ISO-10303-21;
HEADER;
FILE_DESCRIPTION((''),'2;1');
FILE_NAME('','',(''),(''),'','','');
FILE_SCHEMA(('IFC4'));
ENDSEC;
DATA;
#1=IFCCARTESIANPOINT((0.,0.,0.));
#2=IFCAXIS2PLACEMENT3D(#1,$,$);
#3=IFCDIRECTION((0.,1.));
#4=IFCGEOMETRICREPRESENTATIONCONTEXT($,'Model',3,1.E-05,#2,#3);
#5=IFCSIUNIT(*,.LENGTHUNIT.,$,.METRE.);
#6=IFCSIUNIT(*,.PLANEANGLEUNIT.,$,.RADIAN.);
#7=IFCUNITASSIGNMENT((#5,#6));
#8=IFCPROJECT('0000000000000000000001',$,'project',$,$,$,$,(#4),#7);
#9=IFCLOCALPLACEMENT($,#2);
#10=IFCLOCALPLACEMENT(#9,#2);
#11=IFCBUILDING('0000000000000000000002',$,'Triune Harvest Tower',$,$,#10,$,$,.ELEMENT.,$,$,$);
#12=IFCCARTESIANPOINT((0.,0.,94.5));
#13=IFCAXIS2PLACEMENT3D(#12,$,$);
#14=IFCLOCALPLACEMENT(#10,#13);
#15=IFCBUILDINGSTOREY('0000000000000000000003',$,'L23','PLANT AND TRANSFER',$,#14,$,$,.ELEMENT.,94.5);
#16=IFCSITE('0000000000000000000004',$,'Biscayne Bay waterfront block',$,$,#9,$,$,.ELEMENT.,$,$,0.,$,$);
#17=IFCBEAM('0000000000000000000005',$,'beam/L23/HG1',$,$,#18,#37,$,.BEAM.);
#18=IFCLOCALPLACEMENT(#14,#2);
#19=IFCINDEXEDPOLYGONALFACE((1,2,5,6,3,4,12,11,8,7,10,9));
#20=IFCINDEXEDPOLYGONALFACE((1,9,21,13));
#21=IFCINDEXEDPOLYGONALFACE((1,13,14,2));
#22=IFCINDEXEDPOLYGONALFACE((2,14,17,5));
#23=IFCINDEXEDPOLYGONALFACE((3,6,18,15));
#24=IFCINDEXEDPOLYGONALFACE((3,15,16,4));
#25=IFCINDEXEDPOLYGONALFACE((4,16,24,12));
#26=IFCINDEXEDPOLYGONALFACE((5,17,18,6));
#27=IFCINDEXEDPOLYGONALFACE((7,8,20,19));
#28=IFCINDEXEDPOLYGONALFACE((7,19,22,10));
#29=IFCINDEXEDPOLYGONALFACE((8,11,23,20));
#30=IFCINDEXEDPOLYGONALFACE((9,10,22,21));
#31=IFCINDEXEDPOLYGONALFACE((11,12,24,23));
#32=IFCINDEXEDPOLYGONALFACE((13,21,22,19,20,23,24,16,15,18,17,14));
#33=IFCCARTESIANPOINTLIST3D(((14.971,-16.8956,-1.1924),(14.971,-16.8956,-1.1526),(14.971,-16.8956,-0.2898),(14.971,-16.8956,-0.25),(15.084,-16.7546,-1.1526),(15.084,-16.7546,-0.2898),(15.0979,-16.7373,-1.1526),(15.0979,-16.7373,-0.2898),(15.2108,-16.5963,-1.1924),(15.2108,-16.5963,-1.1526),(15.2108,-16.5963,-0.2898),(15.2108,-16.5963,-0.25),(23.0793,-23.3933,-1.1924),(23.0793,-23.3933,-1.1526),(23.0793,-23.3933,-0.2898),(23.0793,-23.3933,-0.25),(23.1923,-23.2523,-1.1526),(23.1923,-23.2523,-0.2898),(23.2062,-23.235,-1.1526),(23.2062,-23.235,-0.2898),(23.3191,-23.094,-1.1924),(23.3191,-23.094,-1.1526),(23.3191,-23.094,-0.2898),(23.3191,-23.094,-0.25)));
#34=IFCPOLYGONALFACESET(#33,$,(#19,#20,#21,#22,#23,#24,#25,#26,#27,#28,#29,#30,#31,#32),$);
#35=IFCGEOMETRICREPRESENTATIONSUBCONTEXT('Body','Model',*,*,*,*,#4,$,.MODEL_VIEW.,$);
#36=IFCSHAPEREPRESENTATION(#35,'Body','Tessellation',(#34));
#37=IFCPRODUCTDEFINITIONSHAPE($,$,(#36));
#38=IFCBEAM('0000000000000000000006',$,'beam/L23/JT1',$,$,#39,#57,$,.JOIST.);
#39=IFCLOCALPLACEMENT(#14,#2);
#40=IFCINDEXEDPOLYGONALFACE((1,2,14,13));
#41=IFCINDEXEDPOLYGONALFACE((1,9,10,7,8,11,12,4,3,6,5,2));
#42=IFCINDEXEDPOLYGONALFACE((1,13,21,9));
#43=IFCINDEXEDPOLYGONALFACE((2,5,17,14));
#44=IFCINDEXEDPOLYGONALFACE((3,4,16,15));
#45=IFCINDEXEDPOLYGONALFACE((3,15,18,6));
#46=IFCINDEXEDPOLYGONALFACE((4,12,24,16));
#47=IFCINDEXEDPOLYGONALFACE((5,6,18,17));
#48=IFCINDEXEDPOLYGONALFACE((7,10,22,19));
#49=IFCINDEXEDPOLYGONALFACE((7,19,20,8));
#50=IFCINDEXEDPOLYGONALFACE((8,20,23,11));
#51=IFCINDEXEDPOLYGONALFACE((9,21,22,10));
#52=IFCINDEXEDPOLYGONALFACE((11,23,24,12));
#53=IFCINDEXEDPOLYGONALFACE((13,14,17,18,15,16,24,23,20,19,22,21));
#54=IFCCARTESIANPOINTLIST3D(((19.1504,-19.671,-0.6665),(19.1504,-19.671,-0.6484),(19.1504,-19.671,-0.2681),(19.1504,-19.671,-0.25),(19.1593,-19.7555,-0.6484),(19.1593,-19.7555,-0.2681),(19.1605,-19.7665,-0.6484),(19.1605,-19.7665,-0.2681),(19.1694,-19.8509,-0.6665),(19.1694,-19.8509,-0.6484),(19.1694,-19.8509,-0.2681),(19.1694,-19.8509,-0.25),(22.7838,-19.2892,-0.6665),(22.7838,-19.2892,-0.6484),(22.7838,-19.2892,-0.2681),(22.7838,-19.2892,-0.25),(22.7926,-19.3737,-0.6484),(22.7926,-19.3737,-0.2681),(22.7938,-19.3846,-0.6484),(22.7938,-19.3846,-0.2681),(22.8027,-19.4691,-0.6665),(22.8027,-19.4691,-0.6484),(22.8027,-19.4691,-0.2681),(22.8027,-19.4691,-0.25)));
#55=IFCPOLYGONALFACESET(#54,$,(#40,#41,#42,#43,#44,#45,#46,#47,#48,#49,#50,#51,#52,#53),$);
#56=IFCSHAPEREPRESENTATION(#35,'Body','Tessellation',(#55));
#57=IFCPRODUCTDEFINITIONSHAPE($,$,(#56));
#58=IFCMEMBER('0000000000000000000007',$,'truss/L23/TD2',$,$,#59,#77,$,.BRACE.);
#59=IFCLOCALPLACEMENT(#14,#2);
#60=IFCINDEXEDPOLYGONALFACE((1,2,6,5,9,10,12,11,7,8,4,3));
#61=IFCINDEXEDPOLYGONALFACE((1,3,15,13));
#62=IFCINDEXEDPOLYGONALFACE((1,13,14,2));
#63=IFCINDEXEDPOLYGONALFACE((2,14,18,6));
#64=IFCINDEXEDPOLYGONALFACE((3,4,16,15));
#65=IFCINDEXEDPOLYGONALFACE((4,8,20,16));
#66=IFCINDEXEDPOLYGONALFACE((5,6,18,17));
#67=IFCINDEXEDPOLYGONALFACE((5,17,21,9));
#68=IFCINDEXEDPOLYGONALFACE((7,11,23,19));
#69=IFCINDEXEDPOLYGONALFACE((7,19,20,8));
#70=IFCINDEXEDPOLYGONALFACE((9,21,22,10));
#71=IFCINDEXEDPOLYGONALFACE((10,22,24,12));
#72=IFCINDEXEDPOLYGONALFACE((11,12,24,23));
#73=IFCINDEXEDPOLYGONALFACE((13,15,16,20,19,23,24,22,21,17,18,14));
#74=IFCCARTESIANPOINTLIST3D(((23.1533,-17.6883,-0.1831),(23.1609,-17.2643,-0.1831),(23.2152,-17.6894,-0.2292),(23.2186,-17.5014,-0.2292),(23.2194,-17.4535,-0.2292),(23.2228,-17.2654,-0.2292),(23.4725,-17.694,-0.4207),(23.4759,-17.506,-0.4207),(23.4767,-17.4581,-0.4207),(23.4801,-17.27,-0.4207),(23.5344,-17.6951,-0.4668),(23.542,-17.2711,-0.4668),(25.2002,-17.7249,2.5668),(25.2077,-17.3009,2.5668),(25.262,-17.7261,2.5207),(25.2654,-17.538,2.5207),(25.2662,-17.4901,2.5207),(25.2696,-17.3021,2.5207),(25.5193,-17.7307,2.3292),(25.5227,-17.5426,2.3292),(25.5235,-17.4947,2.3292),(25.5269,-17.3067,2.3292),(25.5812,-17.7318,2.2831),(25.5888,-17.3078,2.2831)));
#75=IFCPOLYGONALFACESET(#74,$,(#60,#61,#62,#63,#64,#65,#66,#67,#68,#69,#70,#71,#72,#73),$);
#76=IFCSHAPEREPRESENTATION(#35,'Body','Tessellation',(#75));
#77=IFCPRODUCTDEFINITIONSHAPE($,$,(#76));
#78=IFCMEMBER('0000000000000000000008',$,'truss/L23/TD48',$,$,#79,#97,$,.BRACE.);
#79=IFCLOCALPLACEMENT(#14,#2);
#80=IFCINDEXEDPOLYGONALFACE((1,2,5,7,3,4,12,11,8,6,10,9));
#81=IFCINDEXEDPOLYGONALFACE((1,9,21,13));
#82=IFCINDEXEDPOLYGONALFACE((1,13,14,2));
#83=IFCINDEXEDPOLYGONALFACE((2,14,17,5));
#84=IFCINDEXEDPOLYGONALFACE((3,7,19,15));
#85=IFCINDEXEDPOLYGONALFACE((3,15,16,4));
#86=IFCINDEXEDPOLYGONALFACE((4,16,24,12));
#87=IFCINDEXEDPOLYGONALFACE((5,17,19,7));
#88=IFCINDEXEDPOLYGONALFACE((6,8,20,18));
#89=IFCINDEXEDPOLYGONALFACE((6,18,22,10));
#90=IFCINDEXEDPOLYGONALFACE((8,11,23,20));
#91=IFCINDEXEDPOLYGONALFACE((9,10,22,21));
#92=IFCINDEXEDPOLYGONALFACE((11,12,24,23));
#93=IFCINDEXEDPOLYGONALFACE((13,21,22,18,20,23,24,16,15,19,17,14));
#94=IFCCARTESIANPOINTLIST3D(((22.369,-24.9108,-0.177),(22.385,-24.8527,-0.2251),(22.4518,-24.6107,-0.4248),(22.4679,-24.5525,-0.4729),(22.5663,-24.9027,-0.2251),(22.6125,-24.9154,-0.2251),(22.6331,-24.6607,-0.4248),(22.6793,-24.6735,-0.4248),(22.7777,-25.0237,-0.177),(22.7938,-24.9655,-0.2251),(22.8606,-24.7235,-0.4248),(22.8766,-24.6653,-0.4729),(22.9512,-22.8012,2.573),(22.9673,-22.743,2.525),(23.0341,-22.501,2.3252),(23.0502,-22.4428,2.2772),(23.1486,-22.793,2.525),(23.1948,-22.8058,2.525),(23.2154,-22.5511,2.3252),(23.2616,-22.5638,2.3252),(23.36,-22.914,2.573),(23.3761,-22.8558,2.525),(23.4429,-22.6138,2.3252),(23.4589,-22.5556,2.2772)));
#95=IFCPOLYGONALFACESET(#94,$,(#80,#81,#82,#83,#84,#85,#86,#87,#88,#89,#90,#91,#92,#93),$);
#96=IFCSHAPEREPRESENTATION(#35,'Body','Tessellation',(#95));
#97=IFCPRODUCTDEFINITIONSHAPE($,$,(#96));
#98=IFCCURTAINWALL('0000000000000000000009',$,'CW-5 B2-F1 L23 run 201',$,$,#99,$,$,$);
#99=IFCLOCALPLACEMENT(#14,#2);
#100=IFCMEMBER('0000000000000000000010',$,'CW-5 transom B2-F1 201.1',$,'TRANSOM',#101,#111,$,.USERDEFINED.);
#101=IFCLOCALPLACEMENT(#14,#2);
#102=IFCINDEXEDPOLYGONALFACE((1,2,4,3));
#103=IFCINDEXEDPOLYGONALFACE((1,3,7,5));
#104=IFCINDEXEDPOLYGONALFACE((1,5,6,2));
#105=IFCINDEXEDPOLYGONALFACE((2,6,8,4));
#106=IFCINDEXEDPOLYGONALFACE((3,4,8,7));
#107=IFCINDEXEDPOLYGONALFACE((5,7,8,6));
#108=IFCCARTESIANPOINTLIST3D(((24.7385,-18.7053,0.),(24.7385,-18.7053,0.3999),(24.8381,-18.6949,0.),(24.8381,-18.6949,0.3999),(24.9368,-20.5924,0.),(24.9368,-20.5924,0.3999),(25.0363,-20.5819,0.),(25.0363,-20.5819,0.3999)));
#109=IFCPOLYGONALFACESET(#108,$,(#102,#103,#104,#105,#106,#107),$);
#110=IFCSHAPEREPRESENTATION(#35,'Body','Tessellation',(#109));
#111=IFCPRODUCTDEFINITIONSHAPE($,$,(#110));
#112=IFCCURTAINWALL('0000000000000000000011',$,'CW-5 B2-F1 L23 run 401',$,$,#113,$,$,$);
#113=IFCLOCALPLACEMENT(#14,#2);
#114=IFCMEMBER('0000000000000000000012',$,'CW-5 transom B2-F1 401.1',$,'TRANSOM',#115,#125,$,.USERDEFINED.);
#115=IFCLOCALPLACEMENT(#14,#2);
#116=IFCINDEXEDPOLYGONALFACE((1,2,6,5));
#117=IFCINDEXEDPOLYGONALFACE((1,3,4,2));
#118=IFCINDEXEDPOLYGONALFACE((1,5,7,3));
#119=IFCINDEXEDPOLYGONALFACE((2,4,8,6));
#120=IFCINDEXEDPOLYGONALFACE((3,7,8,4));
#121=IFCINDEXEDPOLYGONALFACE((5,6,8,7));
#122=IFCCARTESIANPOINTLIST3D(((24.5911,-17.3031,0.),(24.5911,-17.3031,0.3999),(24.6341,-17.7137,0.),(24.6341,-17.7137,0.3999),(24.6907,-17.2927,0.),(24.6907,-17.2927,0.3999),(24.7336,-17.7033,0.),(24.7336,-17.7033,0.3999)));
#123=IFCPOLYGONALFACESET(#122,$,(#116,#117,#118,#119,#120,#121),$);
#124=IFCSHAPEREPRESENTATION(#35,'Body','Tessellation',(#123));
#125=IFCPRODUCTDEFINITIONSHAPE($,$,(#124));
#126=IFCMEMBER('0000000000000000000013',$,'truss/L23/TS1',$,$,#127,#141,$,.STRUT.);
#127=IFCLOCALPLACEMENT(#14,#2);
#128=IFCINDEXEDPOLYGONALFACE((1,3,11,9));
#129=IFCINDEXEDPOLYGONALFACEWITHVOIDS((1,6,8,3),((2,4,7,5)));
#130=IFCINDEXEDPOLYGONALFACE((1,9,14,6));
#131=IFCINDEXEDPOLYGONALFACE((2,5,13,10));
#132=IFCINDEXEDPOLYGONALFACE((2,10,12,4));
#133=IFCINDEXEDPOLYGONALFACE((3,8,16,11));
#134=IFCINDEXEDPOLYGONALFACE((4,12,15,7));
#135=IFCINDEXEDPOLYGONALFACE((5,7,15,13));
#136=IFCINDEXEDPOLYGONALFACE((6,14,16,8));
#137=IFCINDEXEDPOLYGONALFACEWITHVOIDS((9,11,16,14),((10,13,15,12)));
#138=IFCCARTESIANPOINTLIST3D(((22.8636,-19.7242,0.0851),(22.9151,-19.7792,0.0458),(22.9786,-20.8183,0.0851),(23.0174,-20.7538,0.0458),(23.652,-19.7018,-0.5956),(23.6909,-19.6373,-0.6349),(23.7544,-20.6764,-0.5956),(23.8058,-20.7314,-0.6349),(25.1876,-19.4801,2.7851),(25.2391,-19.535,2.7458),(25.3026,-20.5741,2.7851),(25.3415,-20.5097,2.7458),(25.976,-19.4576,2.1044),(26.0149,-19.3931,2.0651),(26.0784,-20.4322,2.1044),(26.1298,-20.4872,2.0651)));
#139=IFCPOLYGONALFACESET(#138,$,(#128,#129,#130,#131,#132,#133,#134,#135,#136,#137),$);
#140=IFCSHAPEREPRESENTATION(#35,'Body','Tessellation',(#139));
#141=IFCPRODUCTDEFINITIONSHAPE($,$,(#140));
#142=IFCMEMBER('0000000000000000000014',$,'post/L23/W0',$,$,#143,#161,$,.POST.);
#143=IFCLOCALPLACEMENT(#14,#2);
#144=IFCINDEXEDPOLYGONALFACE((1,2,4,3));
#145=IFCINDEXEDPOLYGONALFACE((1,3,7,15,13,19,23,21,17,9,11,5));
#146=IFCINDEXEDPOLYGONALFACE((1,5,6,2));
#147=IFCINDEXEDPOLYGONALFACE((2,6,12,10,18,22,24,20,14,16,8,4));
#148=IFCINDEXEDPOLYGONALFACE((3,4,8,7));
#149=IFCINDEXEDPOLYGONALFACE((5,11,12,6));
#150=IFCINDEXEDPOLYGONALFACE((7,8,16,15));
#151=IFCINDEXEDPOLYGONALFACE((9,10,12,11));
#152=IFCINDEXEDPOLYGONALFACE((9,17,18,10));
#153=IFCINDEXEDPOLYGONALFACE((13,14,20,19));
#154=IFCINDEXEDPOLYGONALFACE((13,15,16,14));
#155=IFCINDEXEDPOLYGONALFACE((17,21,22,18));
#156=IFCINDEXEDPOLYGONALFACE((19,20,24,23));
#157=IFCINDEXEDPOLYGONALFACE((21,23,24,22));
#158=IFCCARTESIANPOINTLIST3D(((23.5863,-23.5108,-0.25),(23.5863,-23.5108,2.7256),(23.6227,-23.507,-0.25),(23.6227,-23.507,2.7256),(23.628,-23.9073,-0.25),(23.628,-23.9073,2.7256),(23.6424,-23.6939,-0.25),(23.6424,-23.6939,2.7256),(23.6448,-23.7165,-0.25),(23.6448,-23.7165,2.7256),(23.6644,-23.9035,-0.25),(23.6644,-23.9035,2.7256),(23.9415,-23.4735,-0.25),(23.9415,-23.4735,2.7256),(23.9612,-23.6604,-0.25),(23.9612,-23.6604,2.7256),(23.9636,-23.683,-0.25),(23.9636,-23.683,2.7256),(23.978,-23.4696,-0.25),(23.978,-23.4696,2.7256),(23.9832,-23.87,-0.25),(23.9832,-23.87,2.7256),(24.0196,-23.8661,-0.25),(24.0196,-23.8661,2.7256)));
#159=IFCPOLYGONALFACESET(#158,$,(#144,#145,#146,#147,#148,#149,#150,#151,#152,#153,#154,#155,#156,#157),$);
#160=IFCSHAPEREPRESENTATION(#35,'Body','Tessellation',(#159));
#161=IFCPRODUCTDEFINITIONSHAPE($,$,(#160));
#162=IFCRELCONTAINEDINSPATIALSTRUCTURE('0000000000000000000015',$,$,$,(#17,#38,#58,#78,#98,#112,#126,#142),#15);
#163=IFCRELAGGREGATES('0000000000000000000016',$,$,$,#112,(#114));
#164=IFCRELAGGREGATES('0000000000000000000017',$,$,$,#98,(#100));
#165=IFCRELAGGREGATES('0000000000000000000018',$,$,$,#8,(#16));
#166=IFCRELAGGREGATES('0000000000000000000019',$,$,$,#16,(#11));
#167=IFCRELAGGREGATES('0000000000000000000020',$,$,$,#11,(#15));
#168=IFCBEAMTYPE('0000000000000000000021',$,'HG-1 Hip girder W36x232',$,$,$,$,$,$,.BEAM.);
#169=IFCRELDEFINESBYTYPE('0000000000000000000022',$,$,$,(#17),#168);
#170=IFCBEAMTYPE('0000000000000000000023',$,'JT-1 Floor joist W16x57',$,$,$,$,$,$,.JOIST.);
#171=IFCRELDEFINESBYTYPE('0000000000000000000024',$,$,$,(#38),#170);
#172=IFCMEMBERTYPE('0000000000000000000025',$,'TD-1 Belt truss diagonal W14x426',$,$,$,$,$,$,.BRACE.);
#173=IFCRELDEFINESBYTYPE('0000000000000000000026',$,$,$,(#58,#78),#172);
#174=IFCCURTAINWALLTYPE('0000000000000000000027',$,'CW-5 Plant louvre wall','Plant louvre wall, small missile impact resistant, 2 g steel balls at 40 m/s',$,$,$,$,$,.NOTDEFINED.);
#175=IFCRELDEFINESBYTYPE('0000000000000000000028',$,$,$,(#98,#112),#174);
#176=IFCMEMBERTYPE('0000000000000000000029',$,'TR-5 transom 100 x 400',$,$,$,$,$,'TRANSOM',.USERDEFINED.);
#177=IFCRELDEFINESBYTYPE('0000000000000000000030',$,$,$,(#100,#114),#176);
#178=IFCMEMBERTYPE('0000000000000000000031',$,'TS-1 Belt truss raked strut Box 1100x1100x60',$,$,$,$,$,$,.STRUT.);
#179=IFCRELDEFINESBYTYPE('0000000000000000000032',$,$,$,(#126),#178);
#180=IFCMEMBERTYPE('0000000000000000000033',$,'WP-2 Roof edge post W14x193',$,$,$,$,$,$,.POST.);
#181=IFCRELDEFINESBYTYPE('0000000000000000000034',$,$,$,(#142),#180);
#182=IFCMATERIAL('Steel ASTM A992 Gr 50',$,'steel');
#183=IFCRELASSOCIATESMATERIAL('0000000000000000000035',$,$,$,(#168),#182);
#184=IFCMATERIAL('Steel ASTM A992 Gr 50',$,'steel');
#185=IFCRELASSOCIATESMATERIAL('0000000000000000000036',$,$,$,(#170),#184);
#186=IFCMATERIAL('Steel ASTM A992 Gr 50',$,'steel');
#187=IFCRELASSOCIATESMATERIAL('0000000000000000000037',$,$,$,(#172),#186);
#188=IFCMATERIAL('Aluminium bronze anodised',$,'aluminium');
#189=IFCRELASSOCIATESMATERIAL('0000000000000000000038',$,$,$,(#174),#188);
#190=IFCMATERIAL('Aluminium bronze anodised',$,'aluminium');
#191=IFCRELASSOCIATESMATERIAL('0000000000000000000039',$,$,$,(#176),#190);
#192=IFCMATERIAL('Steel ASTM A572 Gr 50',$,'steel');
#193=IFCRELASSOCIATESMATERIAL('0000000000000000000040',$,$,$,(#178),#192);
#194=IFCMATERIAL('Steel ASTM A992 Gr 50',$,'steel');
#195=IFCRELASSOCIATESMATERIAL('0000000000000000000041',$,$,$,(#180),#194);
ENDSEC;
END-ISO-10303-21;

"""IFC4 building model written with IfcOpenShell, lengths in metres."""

from ifc_helpers import new_model, si_unit, direction, frame, origin, origin_2d, place, context, subcontext, project, spatial, rectangle, hollow_rectangle, i_section, extrude, source, transform, mapped, material, material_profile, profile_set, type_object, element, aggregate, save


model = new_model("IFC4")

# Units and contexts
model_context = context("Model", 3, precision=1e-05, world=origin(), true_north=direction((0.0, 1.0)))
body_context = subcontext(model_context, "Body", "Model", "MODEL_VIEW")
ifc_project = project(units=[si_unit("LENGTHUNIT", "METRE"), si_unit("PLANEANGLEUNIT", "RADIAN")], contexts=[model_context])

# Site, building, storey
site_placement = place(None, origin())
site = spatial("IfcSite", under=ifc_project, at=site_placement, Name="Biscayne Bay waterfront block", CompositionType="ELEMENT", RefElevation=0.0)
building_placement = place(site_placement, origin())
building = spatial("IfcBuilding", under=site, at=building_placement, Name="Triune Harvest Tower", CompositionType="ELEMENT")
storey_placement = place(building_placement, frame((0.0, 0.0, 94.5)))
storey = spatial("IfcBuildingStorey", under=building, at=storey_placement, Name="L23", Description="PLANT AND TRANSFER", CompositionType="ELEMENT", Elevation=94.5)

# Beams
ifc_material_1 = material(Name="Steel ASTM A992 Gr 50", Category="steel")
ifc_material_profile_1 = material_profile(ifc_material_1, i_section(OverallWidth=0.3835, OverallDepth=0.9424, WebThickness=0.0222, FlangeThickness=0.0398, at=origin_2d()), Name="W36x232")
ifc_profile_set_1 = profile_set([ifc_material_profile_1], Name="Steel ASTM A992 Gr 50")
beam_type_1 = type_object("IfcBeamType", Name="HG-1 Hip girder W36x232", PredefinedType="BEAM", material=ifc_profile_set_1)
beam_1_placement = place(storey_placement, frame((23.1992, -23.2437, -0.7212), z_axis=(-0.780348, 0.625345, 0.0), x_axis=(-0.625345, -0.780348, 0.0)))
element("IfcBeam", 1, at=beam_1_placement, inside=storey, type_object=beam_type_1, Name="beam/L23/HG1", PredefinedType="BEAM", context=body_context, shape_type="SweptSolid", body=[
    extrude(i_section(OverallWidth=0.3835, OverallDepth=0.9424, WebThickness=0.0222, FlangeThickness=0.0398, at=origin_2d()), origin(), (0.0, 0.0, 1.0), 10.3906),
])
ifc_material_2 = material(Name="Steel ASTM A992 Gr 50", Category="steel")
ifc_material_profile_2 = material_profile(ifc_material_2, i_section(OverallWidth=0.1809, OverallDepth=0.4165, WebThickness=0.011, FlangeThickness=0.0181, at=origin_2d()), Name="W16x57")
ifc_profile_set_2 = profile_set([ifc_material_profile_2], Name="Steel ASTM A992 Gr 50")
beam_type_2 = type_object("IfcBeamType", Name="JT-1 Floor joist W16x57", PredefinedType="JOIST", material=ifc_profile_set_2)
beam_2_placement = place(storey_placement, frame((22.7932, -19.3792, -0.4583), z_axis=(-0.994523, -0.104518, 0.0), x_axis=(0.104518, -0.994523, 0.0)))
element("IfcBeam", 2, at=beam_2_placement, inside=storey, type_object=beam_type_2, Name="beam/L23/JT1", PredefinedType="JOIST", context=body_context, shape_type="SweptSolid", body=[
    extrude(i_section(OverallWidth=0.1809, OverallDepth=0.4165, WebThickness=0.011, FlangeThickness=0.0181, at=origin_2d()), origin(), (0.0, 0.0, 1.0), 3.6533),
])

# Members
ifc_material_3 = material(Name="Steel ASTM A992 Gr 50", Category="steel")
ifc_material_profile_3 = material_profile(ifc_material_3, i_section(OverallWidth=0.4241, OverallDepth=0.4751, WebThickness=0.0479, FlangeThickness=0.0771, at=origin_2d()), Name="W14x426")
ifc_profile_set_3 = profile_set([ifc_material_profile_3], Name="Steel ASTM A992 Gr 50")
member_type_1 = type_object("IfcMemberType", Name="TD-1 Belt truss diagonal W14x426", PredefinedType="BRACE", material=ifc_profile_set_3)
member_1_placement = place(storey_placement, frame((23.3477, -17.4797, -0.325), z_axis=(0.597045, -0.010682, 0.802137), x_axis=(0.017888, 0.99984, 0.0)))
element("IfcMember", 3, at=member_1_placement, inside=storey, type_object=member_type_1, Name="truss/L23/TD2", PredefinedType="BRACE", context=body_context, shape_type="SweptSolid", body=[
    extrude(i_section(OverallWidth=0.4241, OverallDepth=0.4751, WebThickness=0.0479, FlangeThickness=0.0771, at=origin_2d()), origin(), (0.0, 0.0, 1.0), 3.4282),
])
member_2_placement = place(storey_placement, frame((22.6228, -24.7881, -0.325), z_axis=(0.165676, 0.600254, 0.782462), x_axis=(-0.963956, 0.266061, 0.0)))
element("IfcMember", 4, at=member_2_placement, inside=storey, type_object=member_type_1, Name="truss/L23/TD48", PredefinedType="BRACE", context=body_context, shape_type="SweptSolid", body=[
    extrude(i_section(OverallWidth=0.4241, OverallDepth=0.4751, WebThickness=0.0479, FlangeThickness=0.0771, at=origin_2d()), origin(), (0.0, 0.0, 1.0), 3.5146),
])

# Curtain walls, members
ifc_material_4 = material(Name="Aluminium bronze anodised", Category="aluminium")
curtain_wall_type = type_object("IfcCurtainWallType", Name="CW-5 Plant louvre wall", Description="Plant louvre wall, small missile impact resistant, 2 g steel balls at 40 m/s", PredefinedType="NOTDEFINED", material=ifc_material_4)
curtain_wall_1_placement = place(storey_placement, origin())
curtain_wall_1 = element("IfcCurtainWall", 5, at=curtain_wall_1_placement, inside=storey, type_object=curtain_wall_type, Name="CW-5 B2-F1 L23 run 201")
ifc_material_5 = material(Name="Aluminium bronze anodised", Category="aluminium")
ifc_material_profile_4 = material_profile(ifc_material_5, rectangle(XDim=0.1001, YDim=0.3999, at=origin_2d()), Name="TR-5 transom 100 x 400")
ifc_profile_set_4 = profile_set([ifc_material_profile_4], Name="Aluminium bronze anodised")
member_type_2 = type_object("IfcMemberType", Name="TR-5 transom 100 x 400", ElementType="TRANSOM", PredefinedType="USERDEFINED", material=ifc_profile_set_4)
member_3_placement = place(storey_placement, frame((24.9866, -20.5872, 0.2), z_axis=(-0.104484, 0.994527, 0.0), x_axis=(-0.994527, -0.104484, 0.0)))
member_3 = element("IfcMember", 6, at=member_3_placement, type_object=member_type_2, Name="CW-5 transom B2-F1 201.1", ObjectType="TRANSOM", PredefinedType="USERDEFINED", context=body_context, shape_type="SweptSolid", body=[
    extrude(rectangle(XDim=0.1001, YDim=0.3999, at=origin_2d()), origin(), (0.0, 0.0, 1.0), 1.8975),
])
curtain_wall_2_placement = place(storey_placement, origin())
curtain_wall_2 = element("IfcCurtainWall", 7, at=curtain_wall_2_placement, inside=storey, type_object=curtain_wall_type, Name="CW-5 B2-F1 L23 run 401")
member_4_placement = place(storey_placement, frame((24.6838, -17.7085, 0.2), z_axis=(-0.104069, 0.99457, 0.0), x_axis=(-0.99457, -0.104069, 0.0)))
member_4 = element("IfcMember", 8, at=member_4_placement, type_object=member_type_2, Name="CW-5 transom B2-F1 401.1", ObjectType="TRANSOM", PredefinedType="USERDEFINED", context=body_context, shape_type="SweptSolid", body=[
    extrude(rectangle(XDim=0.1001, YDim=0.3999, at=origin_2d()), origin(), (0.0, 0.0, 1.0), 0.4128),
])

# Members
ifc_material_6 = material(Name="Steel ASTM A572 Gr 50", Category="steel")
ifc_material_profile_5 = material_profile(ifc_material_6, hollow_rectangle(XDim=1.1001, YDim=1.1001, WallThickness=0.0601, at=origin_2d()), Name="Box 1100x1100x60")
ifc_profile_set_5 = profile_set([ifc_material_profile_5], Name="Steel ASTM A572 Gr 50")
member_type_3 = type_object("IfcMemberType", Name="TS-1 Belt truss raked strut Box 1100x1100x60", PredefinedType="STRUT", material=ifc_profile_set_5)
member_5_placement = place(storey_placement, frame((23.3347, -20.2278, -0.2749), z_axis=(0.650838, 0.068373, 0.756132), x_axis=(-0.104478, 0.994527, 0.0)))
element("IfcMember", 9, at=member_5_placement, inside=storey, type_object=member_type_3, Name="truss/L23/TS1", PredefinedType="STRUT", context=body_context, shape_type="SweptSolid", body=[
    extrude(hollow_rectangle(XDim=1.1001, YDim=1.1001, WallThickness=0.0601, at=origin_2d()), origin(), (0.0, 0.0, 1.0), 3.5708),
])
ifc_material_7 = material(Name="Steel ASTM A992 Gr 50", Category="steel")
ifc_material_profile_6 = material_profile(ifc_material_7, i_section(OverallWidth=0.3987, OverallDepth=0.3938, WebThickness=0.0227, FlangeThickness=0.0366, at=origin_2d()), Name="W14x193")
ifc_profile_set_6 = profile_set([ifc_material_profile_6], Name="Steel ASTM A992 Gr 50")
member_type_4 = type_object("IfcMemberType", Name="WP-2 Roof edge post W14x193", PredefinedType="POST", material=ifc_profile_set_6)
shared_shape_1 = source(origin(), body_context, "Body", "SweptSolid", [
    extrude(i_section(OverallWidth=0.3987, OverallDepth=0.3938, WebThickness=0.0227, FlangeThickness=0.0366, at=origin_2d()), origin(), (0.0, 0.0, 1.0), 2.9756),
])
member_6_placement = place(storey_placement, frame((23.803, -23.6885, -0.25), z_axis=(0.0, 0.0, 1.0), x_axis=(-0.104527, 0.994522, 0.0)))
element("IfcMember", 10, at=member_6_placement, inside=storey, type_object=member_type_4, Name="post/L23/W0", PredefinedType="POST", context=body_context, shape_type="MappedRepresentation", body=[
    mapped(shared_shape_1, transform((0.0, 0.0, 0.0), scale=1.0)),
])

aggregate(curtain_wall_2, [member_4])
aggregate(curtain_wall_1, [member_3])

save(model, "model.ifc")
